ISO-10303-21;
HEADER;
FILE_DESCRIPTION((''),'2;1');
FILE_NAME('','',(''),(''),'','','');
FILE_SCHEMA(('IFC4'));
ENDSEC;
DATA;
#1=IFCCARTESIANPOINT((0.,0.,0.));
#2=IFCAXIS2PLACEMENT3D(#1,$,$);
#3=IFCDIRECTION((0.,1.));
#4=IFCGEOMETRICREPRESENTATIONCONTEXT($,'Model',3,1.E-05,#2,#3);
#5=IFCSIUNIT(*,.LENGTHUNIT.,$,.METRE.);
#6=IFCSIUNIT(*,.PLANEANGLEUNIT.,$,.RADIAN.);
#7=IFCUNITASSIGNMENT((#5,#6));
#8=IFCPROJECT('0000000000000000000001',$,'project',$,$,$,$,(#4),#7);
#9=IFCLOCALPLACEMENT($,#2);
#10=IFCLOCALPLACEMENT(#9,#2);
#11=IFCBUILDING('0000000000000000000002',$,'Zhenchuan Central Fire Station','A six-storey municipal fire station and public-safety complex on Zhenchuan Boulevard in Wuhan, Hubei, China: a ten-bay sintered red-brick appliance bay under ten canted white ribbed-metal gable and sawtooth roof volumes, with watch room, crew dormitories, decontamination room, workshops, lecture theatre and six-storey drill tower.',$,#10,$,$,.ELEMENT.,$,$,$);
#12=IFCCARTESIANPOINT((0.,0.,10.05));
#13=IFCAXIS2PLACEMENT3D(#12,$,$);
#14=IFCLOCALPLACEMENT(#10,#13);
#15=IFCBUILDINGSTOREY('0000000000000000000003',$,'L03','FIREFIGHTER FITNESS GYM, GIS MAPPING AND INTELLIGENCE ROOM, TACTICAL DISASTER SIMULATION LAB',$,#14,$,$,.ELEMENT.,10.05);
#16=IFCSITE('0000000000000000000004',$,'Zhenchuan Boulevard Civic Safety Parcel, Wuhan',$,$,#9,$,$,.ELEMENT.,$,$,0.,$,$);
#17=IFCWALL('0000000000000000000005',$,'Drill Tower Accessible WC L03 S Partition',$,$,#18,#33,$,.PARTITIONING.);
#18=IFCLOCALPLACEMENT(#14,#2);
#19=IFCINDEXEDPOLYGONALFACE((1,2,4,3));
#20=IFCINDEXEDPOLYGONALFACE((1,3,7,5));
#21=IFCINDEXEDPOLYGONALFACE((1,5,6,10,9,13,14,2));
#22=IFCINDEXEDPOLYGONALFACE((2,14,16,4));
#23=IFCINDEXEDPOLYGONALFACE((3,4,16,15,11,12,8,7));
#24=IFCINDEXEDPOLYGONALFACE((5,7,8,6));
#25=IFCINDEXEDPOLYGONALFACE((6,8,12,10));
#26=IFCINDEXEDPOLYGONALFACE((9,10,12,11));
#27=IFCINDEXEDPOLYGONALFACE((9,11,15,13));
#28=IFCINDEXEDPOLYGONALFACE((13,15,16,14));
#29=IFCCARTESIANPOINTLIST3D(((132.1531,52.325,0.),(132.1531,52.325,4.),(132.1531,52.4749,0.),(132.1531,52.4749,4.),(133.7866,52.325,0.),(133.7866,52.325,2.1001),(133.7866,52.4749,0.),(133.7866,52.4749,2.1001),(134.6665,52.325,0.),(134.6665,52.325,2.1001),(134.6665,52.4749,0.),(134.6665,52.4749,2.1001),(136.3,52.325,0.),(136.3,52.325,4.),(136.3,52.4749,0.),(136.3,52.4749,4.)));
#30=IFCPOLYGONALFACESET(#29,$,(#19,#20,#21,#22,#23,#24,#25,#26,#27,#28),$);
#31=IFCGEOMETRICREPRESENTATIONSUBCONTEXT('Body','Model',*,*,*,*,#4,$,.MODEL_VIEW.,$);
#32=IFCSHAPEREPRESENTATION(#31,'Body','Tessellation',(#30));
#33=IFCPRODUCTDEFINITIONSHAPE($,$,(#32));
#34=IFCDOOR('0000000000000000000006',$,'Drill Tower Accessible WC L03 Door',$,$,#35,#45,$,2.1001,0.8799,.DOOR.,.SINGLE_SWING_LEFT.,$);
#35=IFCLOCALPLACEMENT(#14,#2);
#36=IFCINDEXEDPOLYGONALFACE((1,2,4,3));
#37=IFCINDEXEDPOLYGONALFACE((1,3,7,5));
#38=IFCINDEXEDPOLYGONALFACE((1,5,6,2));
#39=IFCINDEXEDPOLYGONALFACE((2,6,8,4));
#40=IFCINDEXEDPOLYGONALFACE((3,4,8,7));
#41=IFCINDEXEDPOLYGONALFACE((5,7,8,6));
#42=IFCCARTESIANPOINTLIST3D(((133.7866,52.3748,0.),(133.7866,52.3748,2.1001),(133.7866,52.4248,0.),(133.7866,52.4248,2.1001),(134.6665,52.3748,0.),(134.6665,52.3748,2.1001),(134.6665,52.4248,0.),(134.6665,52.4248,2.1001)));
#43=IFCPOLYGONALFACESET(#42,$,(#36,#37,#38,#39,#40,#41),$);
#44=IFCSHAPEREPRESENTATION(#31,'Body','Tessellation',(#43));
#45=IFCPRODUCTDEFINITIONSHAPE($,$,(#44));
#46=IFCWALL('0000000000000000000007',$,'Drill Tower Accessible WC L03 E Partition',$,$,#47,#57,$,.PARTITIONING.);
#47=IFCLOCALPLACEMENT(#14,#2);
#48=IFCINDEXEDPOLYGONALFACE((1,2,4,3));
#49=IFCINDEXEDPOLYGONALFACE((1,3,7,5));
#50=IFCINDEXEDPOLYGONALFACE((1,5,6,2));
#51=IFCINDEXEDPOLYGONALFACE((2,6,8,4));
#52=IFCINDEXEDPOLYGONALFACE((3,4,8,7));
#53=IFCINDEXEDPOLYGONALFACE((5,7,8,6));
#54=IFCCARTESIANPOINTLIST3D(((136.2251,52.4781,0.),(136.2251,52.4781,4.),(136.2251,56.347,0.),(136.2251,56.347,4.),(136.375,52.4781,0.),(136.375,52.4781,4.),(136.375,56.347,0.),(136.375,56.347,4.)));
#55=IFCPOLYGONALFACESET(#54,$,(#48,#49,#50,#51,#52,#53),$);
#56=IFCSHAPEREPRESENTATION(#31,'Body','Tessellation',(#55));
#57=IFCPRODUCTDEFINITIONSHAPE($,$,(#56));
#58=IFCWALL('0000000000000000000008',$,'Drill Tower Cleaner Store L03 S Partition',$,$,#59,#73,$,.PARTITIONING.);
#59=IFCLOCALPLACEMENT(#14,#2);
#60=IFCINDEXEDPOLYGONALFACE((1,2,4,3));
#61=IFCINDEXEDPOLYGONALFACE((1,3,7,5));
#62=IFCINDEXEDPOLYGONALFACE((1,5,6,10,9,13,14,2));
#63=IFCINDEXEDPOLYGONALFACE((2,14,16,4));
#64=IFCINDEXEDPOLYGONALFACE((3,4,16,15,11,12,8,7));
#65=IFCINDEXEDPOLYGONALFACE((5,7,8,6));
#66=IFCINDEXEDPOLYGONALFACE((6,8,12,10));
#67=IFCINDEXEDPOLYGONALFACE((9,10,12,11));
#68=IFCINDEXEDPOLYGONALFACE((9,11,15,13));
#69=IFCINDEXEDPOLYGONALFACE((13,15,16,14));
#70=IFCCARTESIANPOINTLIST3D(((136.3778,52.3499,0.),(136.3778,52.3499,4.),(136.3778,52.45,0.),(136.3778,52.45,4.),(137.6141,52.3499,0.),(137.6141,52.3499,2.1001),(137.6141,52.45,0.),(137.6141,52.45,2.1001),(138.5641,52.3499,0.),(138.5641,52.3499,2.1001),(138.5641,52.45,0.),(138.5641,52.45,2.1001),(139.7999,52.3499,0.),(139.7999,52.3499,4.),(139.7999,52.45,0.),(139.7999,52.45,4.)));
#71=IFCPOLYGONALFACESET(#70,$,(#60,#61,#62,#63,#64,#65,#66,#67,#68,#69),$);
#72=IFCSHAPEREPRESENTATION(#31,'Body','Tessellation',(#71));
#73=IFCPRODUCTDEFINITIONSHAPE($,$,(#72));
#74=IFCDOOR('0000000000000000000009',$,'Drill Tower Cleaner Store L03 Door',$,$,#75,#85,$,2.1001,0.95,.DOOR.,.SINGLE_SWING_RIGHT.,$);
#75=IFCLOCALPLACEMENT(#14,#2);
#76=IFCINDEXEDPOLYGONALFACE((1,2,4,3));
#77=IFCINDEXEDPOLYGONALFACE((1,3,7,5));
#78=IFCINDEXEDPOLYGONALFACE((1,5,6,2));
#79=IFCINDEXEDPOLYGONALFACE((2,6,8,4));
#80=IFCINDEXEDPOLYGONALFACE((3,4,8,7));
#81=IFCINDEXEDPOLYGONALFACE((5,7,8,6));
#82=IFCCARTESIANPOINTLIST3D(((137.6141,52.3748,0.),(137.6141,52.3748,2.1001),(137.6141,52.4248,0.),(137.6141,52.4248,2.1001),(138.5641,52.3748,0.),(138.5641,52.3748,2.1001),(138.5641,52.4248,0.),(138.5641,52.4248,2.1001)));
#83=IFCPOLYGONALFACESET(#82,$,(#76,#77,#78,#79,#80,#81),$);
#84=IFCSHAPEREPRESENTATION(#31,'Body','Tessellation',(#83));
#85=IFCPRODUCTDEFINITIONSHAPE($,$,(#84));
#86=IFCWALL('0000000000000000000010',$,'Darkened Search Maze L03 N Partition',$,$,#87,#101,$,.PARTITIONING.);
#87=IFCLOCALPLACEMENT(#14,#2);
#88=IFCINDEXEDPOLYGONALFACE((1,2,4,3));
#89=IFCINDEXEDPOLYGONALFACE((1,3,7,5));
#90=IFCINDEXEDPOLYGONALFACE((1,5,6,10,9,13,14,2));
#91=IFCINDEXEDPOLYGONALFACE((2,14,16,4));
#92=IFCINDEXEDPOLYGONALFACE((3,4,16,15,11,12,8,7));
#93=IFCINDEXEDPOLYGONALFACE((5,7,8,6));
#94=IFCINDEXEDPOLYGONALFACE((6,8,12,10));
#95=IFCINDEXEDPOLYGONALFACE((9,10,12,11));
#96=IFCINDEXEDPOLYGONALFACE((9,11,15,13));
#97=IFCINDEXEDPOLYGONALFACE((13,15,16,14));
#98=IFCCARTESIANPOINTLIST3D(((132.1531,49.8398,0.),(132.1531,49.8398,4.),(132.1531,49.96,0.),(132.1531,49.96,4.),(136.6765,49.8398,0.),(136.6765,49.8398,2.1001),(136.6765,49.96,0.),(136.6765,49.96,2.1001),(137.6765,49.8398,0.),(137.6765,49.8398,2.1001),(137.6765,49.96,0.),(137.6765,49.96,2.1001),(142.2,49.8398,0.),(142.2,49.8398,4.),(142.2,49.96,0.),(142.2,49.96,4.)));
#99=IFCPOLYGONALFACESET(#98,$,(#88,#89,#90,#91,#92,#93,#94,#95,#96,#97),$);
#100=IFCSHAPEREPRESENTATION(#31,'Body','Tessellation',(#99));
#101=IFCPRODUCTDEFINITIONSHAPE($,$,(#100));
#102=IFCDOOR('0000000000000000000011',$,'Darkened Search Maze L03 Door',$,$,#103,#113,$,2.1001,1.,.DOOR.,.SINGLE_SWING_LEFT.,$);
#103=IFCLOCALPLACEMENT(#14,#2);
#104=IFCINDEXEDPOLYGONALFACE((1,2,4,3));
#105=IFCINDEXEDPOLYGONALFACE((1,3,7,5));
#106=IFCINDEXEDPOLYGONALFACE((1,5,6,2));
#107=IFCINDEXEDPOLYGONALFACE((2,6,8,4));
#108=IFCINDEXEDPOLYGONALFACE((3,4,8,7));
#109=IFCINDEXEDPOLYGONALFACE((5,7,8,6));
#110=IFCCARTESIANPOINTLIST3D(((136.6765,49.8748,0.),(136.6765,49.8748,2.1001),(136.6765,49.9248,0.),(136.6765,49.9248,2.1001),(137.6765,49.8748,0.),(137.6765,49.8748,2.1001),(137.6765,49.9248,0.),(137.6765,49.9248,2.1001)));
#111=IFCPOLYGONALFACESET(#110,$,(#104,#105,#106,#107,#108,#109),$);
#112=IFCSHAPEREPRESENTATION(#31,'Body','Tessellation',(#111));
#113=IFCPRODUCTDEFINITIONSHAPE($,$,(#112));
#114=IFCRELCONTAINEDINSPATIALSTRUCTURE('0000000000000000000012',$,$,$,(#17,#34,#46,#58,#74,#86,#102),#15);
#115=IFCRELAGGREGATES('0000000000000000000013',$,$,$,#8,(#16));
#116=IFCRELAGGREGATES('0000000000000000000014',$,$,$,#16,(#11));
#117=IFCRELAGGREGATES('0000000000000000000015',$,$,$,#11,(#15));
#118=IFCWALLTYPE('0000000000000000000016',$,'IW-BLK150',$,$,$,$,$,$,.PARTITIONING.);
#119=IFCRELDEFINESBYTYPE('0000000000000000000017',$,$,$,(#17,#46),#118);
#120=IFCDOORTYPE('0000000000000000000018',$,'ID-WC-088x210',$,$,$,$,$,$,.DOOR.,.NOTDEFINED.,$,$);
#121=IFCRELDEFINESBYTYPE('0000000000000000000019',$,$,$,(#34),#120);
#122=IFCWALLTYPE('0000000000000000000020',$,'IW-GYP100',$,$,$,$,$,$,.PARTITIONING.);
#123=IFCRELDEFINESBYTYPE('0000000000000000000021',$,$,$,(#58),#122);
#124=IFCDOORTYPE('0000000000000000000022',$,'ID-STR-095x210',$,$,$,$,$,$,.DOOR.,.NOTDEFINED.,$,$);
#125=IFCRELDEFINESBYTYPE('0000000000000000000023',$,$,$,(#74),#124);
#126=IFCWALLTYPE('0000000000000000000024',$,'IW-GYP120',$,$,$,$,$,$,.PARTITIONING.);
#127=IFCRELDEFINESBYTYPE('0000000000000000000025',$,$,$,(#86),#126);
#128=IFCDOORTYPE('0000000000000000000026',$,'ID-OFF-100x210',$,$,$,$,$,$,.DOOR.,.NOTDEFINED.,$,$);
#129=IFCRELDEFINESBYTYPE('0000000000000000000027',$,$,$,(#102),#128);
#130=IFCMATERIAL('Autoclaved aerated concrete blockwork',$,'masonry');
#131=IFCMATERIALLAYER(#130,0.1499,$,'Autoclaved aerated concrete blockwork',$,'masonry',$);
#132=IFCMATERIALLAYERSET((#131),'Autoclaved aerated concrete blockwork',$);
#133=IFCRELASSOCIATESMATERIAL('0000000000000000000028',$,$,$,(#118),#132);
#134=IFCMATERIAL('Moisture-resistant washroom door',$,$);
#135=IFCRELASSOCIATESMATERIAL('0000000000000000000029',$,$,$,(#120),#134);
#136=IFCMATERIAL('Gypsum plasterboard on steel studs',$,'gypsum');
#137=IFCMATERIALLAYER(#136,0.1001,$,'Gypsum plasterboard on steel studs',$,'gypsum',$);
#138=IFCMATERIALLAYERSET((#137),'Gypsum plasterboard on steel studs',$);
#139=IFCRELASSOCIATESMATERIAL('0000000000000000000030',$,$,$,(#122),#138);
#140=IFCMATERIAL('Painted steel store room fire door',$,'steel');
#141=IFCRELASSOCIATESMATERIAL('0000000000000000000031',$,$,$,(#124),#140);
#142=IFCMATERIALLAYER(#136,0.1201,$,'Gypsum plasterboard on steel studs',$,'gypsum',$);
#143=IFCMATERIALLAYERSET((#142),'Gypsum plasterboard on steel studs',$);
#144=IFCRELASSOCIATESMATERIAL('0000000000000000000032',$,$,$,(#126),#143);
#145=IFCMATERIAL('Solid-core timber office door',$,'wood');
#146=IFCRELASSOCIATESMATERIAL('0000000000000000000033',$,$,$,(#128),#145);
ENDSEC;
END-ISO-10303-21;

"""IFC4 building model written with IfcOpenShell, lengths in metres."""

from ifc_helpers import new_model, si_unit, direction, frame, frame_2d, origin, place, context, subcontext, project, spatial, rectangle, extrude, material, layer, layer_set, type_object, element, fill, save


model = new_model("IFC4")

# Units and contexts
model_context = context("Model", 3, precision=1e-05, world=origin(), true_north=direction((0.0, 1.0)))
body_context = subcontext(model_context, "Body", "Model", "MODEL_VIEW")
ifc_project = project(units=[si_unit("LENGTHUNIT", "METRE"), si_unit("PLANEANGLEUNIT", "RADIAN")], contexts=[model_context])

# Site, building, storey
site_placement = place(None, origin())
site = spatial("IfcSite", under=ifc_project, at=site_placement, Name="Zhenchuan Boulevard Civic Safety Parcel, Wuhan", CompositionType="ELEMENT", RefElevation=0.0)
building_placement = place(site_placement, origin())
building = spatial("IfcBuilding", under=site, at=building_placement, Name="Zhenchuan Central Fire Station", Description="A six-storey municipal fire station and public-safety complex on Zhenchuan Boulevard in Wuhan, Hubei, China: a ten-bay sintered red-brick appliance bay under ten canted white ribbed-metal gable and sawtooth roof volumes, with watch room, crew dormitories, decontamination room, workshops, lecture theatre and six-storey drill tower.", CompositionType="ELEMENT")
storey_placement = place(building_placement, frame((0.0, 0.0, 10.05)))
storey = spatial("IfcBuildingStorey", under=building, at=storey_placement, Name="L03", Description="FIREFIGHTER FITNESS GYM, GIS MAPPING AND INTELLIGENCE ROOM, TACTICAL DISASTER SIMULATION LAB", CompositionType="ELEMENT", Elevation=10.05)

# Wall, opening, door
ifc_material_1 = material(Name="Autoclaved aerated concrete blockwork", Category="masonry")
ifc_layer_1 = layer(ifc_material_1, 0.1499, Name="Autoclaved aerated concrete blockwork", Category="masonry")
ifc_layer_set_1 = layer_set([ifc_layer_1], Name="Autoclaved aerated concrete blockwork")
wall_type_1 = type_object("IfcWallType", Name="IW-BLK150", PredefinedType="PARTITIONING", material=ifc_layer_set_1)
wall_1_placement = place(storey_placement, frame((132.1531, 52.3999, 0.0), z_axis=(0.0, 0.0, 1.0), x_axis=(1.0, 0.0, 0.0)))
wall_1 = element("IfcWall", 1, at=wall_1_placement, inside=storey, type_object=wall_type_1, Name="Drill Tower Accessible WC L03 S Partition", PredefinedType="PARTITIONING", context=body_context, shape_type="SweptSolid", body=[
    extrude(rectangle(XDim=4.147, YDim=0.1499, at=frame_2d((2.0735, 0.0))), origin(), (0.0, 0.0, 1.0), 4.0),
])
opening_1_placement = place(wall_1_placement, frame((1.6335, 0.0, 0.0)))
opening_1 = element("IfcOpeningElement", 2, at=opening_1_placement, cuts=wall_1, PredefinedType="OPENING", context=body_context, shape_type="SweptSolid", body=[
    extrude(rectangle(XDim=0.8799, YDim=2.1001, at=frame_2d((0.4399, 1.05))), frame((0.0, 0.085, 0.0), z_axis=(0.0, -1.0, 0.0), x_axis=(1.0, 0.0, 0.0)), (0.0, 0.0, 1.0), 0.1699),
])
ifc_material_2 = material(Name="Moisture-resistant washroom door")
door_type_1 = type_object("IfcDoorType", Name="ID-WC-088x210", OperationType="NOTDEFINED", PredefinedType="DOOR", material=ifc_material_2)
door_1_placement = place(opening_1_placement, origin())
door_1 = element("IfcDoor", 3, at=door_1_placement, inside=storey, type_object=door_type_1, Name="Drill Tower Accessible WC L03 Door", OperationType="SINGLE_SWING_LEFT", OverallHeight=2.1001, OverallWidth=0.8799, PredefinedType="DOOR", context=body_context, shape_type="SweptSolid", body=[
    extrude(rectangle(XDim=0.8799, YDim=2.1001, at=frame_2d((0.4399, 1.05))), frame((0.0, 0.0249, 0.0), z_axis=(0.0, -1.0, 0.0), x_axis=(1.0, 0.0, 0.0)), (0.0, 0.0, 1.0), 0.05),
])
fill(opening_1, door_1)

# Wall
wall_2_placement = place(storey_placement, frame((136.3, 52.478, 0.0), z_axis=(0.0, 0.0, 1.0), x_axis=(0.0, 1.0, 0.0)))
element("IfcWall", 4, at=wall_2_placement, inside=storey, type_object=wall_type_1, Name="Drill Tower Accessible WC L03 E Partition", PredefinedType="PARTITIONING", context=body_context, shape_type="SweptSolid", body=[
    extrude(rectangle(XDim=3.8689, YDim=0.1499, at=frame_2d((1.9346, 0.0))), origin(), (0.0, 0.0, 1.0), 4.0),
])

# Wall, opening, door
ifc_material_3 = material(Name="Gypsum plasterboard on steel studs", Category="gypsum")
ifc_layer_2 = layer(ifc_material_3, 0.1001, Name="Gypsum plasterboard on steel studs", Category="gypsum")
ifc_layer_set_2 = layer_set([ifc_layer_2], Name="Gypsum plasterboard on steel studs")
wall_type_2 = type_object("IfcWallType", Name="IW-GYP100", PredefinedType="PARTITIONING", material=ifc_layer_set_2)
wall_3_placement = place(storey_placement, frame((136.3779, 52.3999, 0.0), z_axis=(0.0, 0.0, 1.0), x_axis=(1.0, 0.0, 0.0)))
wall_3 = element("IfcWall", 5, at=wall_3_placement, inside=storey, type_object=wall_type_2, Name="Drill Tower Cleaner Store L03 S Partition", PredefinedType="PARTITIONING", context=body_context, shape_type="SweptSolid", body=[
    extrude(rectangle(XDim=3.4221, YDim=0.1001, at=frame_2d((1.7109, 0.0))), origin(), (0.0, 0.0, 1.0), 4.0),
])
opening_2_placement = place(wall_3_placement, frame((1.2361, 0.0, 0.0)))
opening_2 = element("IfcOpeningElement", 6, at=opening_2_placement, cuts=wall_3, PredefinedType="OPENING", context=body_context, shape_type="SweptSolid", body=[
    extrude(rectangle(XDim=0.95, YDim=2.1001, at=frame_2d((0.4751, 1.05))), frame((0.0, 0.0601, 0.0), z_axis=(0.0, -1.0, 0.0), x_axis=(1.0, 0.0, 0.0)), (0.0, 0.0, 1.0), 0.1201),
])
ifc_material_4 = material(Name="Painted steel store room fire door", Category="steel")
door_type_2 = type_object("IfcDoorType", Name="ID-STR-095x210", OperationType="NOTDEFINED", PredefinedType="DOOR", material=ifc_material_4)
door_2_placement = place(opening_2_placement, origin())
door_2 = element("IfcDoor", 7, at=door_2_placement, inside=storey, type_object=door_type_2, Name="Drill Tower Cleaner Store L03 Door", OperationType="SINGLE_SWING_RIGHT", OverallHeight=2.1001, OverallWidth=0.95, PredefinedType="DOOR", context=body_context, shape_type="SweptSolid", body=[
    extrude(rectangle(XDim=0.95, YDim=2.1001, at=frame_2d((0.4751, 1.05))), frame((0.0, 0.0249, 0.0), z_axis=(0.0, -1.0, 0.0), x_axis=(1.0, 0.0, 0.0)), (0.0, 0.0, 1.0), 0.05),
])
fill(opening_2, door_2)

# Wall, opening, door
ifc_layer_3 = layer(ifc_material_3, 0.1201, Name="Gypsum plasterboard on steel studs", Category="gypsum")
ifc_layer_set_3 = layer_set([ifc_layer_3], Name="Gypsum plasterboard on steel studs")
wall_type_3 = type_object("IfcWallType", Name="IW-GYP120", PredefinedType="PARTITIONING", material=ifc_layer_set_3)
wall_4_placement = place(storey_placement, frame((132.1531, 49.8999, 0.0), z_axis=(0.0, 0.0, 1.0), x_axis=(1.0, 0.0, 0.0)))
wall_4 = element("IfcWall", 8, at=wall_4_placement, inside=storey, type_object=wall_type_3, Name="Darkened Search Maze L03 N Partition", PredefinedType="PARTITIONING", context=body_context, shape_type="SweptSolid", body=[
    extrude(rectangle(XDim=10.0469, YDim=0.1201, at=frame_2d((5.0234, 0.0))), origin(), (0.0, 0.0, 1.0), 4.0),
])
opening_3_placement = place(wall_4_placement, frame((4.5234, 0.0, 0.0)))
opening_3 = element("IfcOpeningElement", 9, at=opening_3_placement, cuts=wall_4, PredefinedType="OPENING", context=body_context, shape_type="SweptSolid", body=[
    extrude(rectangle(XDim=1.0, YDim=2.1001, at=frame_2d((0.5, 1.05))), frame((0.0, 0.0701, 0.0), z_axis=(0.0, -1.0, 0.0), x_axis=(1.0, 0.0, 0.0)), (0.0, 0.0, 1.0), 0.1401),
])
ifc_material_5 = material(Name="Solid-core timber office door", Category="wood")
door_type_3 = type_object("IfcDoorType", Name="ID-OFF-100x210", OperationType="NOTDEFINED", PredefinedType="DOOR", material=ifc_material_5)
door_3_placement = place(opening_3_placement, origin())
door_3 = element("IfcDoor", 10, at=door_3_placement, inside=storey, type_object=door_type_3, Name="Darkened Search Maze L03 Door", OperationType="SINGLE_SWING_LEFT", OverallHeight=2.1001, OverallWidth=1.0, PredefinedType="DOOR", context=body_context, shape_type="SweptSolid", body=[
    extrude(rectangle(XDim=1.0, YDim=2.1001, at=frame_2d((0.5, 1.05))), frame((0.0, 0.0249, 0.0), z_axis=(0.0, -1.0, 0.0), x_axis=(1.0, 0.0, 0.0)), (0.0, 0.0, 1.0), 0.05),
])
fill(opening_3, door_3)

save(model, "model.ifc")
